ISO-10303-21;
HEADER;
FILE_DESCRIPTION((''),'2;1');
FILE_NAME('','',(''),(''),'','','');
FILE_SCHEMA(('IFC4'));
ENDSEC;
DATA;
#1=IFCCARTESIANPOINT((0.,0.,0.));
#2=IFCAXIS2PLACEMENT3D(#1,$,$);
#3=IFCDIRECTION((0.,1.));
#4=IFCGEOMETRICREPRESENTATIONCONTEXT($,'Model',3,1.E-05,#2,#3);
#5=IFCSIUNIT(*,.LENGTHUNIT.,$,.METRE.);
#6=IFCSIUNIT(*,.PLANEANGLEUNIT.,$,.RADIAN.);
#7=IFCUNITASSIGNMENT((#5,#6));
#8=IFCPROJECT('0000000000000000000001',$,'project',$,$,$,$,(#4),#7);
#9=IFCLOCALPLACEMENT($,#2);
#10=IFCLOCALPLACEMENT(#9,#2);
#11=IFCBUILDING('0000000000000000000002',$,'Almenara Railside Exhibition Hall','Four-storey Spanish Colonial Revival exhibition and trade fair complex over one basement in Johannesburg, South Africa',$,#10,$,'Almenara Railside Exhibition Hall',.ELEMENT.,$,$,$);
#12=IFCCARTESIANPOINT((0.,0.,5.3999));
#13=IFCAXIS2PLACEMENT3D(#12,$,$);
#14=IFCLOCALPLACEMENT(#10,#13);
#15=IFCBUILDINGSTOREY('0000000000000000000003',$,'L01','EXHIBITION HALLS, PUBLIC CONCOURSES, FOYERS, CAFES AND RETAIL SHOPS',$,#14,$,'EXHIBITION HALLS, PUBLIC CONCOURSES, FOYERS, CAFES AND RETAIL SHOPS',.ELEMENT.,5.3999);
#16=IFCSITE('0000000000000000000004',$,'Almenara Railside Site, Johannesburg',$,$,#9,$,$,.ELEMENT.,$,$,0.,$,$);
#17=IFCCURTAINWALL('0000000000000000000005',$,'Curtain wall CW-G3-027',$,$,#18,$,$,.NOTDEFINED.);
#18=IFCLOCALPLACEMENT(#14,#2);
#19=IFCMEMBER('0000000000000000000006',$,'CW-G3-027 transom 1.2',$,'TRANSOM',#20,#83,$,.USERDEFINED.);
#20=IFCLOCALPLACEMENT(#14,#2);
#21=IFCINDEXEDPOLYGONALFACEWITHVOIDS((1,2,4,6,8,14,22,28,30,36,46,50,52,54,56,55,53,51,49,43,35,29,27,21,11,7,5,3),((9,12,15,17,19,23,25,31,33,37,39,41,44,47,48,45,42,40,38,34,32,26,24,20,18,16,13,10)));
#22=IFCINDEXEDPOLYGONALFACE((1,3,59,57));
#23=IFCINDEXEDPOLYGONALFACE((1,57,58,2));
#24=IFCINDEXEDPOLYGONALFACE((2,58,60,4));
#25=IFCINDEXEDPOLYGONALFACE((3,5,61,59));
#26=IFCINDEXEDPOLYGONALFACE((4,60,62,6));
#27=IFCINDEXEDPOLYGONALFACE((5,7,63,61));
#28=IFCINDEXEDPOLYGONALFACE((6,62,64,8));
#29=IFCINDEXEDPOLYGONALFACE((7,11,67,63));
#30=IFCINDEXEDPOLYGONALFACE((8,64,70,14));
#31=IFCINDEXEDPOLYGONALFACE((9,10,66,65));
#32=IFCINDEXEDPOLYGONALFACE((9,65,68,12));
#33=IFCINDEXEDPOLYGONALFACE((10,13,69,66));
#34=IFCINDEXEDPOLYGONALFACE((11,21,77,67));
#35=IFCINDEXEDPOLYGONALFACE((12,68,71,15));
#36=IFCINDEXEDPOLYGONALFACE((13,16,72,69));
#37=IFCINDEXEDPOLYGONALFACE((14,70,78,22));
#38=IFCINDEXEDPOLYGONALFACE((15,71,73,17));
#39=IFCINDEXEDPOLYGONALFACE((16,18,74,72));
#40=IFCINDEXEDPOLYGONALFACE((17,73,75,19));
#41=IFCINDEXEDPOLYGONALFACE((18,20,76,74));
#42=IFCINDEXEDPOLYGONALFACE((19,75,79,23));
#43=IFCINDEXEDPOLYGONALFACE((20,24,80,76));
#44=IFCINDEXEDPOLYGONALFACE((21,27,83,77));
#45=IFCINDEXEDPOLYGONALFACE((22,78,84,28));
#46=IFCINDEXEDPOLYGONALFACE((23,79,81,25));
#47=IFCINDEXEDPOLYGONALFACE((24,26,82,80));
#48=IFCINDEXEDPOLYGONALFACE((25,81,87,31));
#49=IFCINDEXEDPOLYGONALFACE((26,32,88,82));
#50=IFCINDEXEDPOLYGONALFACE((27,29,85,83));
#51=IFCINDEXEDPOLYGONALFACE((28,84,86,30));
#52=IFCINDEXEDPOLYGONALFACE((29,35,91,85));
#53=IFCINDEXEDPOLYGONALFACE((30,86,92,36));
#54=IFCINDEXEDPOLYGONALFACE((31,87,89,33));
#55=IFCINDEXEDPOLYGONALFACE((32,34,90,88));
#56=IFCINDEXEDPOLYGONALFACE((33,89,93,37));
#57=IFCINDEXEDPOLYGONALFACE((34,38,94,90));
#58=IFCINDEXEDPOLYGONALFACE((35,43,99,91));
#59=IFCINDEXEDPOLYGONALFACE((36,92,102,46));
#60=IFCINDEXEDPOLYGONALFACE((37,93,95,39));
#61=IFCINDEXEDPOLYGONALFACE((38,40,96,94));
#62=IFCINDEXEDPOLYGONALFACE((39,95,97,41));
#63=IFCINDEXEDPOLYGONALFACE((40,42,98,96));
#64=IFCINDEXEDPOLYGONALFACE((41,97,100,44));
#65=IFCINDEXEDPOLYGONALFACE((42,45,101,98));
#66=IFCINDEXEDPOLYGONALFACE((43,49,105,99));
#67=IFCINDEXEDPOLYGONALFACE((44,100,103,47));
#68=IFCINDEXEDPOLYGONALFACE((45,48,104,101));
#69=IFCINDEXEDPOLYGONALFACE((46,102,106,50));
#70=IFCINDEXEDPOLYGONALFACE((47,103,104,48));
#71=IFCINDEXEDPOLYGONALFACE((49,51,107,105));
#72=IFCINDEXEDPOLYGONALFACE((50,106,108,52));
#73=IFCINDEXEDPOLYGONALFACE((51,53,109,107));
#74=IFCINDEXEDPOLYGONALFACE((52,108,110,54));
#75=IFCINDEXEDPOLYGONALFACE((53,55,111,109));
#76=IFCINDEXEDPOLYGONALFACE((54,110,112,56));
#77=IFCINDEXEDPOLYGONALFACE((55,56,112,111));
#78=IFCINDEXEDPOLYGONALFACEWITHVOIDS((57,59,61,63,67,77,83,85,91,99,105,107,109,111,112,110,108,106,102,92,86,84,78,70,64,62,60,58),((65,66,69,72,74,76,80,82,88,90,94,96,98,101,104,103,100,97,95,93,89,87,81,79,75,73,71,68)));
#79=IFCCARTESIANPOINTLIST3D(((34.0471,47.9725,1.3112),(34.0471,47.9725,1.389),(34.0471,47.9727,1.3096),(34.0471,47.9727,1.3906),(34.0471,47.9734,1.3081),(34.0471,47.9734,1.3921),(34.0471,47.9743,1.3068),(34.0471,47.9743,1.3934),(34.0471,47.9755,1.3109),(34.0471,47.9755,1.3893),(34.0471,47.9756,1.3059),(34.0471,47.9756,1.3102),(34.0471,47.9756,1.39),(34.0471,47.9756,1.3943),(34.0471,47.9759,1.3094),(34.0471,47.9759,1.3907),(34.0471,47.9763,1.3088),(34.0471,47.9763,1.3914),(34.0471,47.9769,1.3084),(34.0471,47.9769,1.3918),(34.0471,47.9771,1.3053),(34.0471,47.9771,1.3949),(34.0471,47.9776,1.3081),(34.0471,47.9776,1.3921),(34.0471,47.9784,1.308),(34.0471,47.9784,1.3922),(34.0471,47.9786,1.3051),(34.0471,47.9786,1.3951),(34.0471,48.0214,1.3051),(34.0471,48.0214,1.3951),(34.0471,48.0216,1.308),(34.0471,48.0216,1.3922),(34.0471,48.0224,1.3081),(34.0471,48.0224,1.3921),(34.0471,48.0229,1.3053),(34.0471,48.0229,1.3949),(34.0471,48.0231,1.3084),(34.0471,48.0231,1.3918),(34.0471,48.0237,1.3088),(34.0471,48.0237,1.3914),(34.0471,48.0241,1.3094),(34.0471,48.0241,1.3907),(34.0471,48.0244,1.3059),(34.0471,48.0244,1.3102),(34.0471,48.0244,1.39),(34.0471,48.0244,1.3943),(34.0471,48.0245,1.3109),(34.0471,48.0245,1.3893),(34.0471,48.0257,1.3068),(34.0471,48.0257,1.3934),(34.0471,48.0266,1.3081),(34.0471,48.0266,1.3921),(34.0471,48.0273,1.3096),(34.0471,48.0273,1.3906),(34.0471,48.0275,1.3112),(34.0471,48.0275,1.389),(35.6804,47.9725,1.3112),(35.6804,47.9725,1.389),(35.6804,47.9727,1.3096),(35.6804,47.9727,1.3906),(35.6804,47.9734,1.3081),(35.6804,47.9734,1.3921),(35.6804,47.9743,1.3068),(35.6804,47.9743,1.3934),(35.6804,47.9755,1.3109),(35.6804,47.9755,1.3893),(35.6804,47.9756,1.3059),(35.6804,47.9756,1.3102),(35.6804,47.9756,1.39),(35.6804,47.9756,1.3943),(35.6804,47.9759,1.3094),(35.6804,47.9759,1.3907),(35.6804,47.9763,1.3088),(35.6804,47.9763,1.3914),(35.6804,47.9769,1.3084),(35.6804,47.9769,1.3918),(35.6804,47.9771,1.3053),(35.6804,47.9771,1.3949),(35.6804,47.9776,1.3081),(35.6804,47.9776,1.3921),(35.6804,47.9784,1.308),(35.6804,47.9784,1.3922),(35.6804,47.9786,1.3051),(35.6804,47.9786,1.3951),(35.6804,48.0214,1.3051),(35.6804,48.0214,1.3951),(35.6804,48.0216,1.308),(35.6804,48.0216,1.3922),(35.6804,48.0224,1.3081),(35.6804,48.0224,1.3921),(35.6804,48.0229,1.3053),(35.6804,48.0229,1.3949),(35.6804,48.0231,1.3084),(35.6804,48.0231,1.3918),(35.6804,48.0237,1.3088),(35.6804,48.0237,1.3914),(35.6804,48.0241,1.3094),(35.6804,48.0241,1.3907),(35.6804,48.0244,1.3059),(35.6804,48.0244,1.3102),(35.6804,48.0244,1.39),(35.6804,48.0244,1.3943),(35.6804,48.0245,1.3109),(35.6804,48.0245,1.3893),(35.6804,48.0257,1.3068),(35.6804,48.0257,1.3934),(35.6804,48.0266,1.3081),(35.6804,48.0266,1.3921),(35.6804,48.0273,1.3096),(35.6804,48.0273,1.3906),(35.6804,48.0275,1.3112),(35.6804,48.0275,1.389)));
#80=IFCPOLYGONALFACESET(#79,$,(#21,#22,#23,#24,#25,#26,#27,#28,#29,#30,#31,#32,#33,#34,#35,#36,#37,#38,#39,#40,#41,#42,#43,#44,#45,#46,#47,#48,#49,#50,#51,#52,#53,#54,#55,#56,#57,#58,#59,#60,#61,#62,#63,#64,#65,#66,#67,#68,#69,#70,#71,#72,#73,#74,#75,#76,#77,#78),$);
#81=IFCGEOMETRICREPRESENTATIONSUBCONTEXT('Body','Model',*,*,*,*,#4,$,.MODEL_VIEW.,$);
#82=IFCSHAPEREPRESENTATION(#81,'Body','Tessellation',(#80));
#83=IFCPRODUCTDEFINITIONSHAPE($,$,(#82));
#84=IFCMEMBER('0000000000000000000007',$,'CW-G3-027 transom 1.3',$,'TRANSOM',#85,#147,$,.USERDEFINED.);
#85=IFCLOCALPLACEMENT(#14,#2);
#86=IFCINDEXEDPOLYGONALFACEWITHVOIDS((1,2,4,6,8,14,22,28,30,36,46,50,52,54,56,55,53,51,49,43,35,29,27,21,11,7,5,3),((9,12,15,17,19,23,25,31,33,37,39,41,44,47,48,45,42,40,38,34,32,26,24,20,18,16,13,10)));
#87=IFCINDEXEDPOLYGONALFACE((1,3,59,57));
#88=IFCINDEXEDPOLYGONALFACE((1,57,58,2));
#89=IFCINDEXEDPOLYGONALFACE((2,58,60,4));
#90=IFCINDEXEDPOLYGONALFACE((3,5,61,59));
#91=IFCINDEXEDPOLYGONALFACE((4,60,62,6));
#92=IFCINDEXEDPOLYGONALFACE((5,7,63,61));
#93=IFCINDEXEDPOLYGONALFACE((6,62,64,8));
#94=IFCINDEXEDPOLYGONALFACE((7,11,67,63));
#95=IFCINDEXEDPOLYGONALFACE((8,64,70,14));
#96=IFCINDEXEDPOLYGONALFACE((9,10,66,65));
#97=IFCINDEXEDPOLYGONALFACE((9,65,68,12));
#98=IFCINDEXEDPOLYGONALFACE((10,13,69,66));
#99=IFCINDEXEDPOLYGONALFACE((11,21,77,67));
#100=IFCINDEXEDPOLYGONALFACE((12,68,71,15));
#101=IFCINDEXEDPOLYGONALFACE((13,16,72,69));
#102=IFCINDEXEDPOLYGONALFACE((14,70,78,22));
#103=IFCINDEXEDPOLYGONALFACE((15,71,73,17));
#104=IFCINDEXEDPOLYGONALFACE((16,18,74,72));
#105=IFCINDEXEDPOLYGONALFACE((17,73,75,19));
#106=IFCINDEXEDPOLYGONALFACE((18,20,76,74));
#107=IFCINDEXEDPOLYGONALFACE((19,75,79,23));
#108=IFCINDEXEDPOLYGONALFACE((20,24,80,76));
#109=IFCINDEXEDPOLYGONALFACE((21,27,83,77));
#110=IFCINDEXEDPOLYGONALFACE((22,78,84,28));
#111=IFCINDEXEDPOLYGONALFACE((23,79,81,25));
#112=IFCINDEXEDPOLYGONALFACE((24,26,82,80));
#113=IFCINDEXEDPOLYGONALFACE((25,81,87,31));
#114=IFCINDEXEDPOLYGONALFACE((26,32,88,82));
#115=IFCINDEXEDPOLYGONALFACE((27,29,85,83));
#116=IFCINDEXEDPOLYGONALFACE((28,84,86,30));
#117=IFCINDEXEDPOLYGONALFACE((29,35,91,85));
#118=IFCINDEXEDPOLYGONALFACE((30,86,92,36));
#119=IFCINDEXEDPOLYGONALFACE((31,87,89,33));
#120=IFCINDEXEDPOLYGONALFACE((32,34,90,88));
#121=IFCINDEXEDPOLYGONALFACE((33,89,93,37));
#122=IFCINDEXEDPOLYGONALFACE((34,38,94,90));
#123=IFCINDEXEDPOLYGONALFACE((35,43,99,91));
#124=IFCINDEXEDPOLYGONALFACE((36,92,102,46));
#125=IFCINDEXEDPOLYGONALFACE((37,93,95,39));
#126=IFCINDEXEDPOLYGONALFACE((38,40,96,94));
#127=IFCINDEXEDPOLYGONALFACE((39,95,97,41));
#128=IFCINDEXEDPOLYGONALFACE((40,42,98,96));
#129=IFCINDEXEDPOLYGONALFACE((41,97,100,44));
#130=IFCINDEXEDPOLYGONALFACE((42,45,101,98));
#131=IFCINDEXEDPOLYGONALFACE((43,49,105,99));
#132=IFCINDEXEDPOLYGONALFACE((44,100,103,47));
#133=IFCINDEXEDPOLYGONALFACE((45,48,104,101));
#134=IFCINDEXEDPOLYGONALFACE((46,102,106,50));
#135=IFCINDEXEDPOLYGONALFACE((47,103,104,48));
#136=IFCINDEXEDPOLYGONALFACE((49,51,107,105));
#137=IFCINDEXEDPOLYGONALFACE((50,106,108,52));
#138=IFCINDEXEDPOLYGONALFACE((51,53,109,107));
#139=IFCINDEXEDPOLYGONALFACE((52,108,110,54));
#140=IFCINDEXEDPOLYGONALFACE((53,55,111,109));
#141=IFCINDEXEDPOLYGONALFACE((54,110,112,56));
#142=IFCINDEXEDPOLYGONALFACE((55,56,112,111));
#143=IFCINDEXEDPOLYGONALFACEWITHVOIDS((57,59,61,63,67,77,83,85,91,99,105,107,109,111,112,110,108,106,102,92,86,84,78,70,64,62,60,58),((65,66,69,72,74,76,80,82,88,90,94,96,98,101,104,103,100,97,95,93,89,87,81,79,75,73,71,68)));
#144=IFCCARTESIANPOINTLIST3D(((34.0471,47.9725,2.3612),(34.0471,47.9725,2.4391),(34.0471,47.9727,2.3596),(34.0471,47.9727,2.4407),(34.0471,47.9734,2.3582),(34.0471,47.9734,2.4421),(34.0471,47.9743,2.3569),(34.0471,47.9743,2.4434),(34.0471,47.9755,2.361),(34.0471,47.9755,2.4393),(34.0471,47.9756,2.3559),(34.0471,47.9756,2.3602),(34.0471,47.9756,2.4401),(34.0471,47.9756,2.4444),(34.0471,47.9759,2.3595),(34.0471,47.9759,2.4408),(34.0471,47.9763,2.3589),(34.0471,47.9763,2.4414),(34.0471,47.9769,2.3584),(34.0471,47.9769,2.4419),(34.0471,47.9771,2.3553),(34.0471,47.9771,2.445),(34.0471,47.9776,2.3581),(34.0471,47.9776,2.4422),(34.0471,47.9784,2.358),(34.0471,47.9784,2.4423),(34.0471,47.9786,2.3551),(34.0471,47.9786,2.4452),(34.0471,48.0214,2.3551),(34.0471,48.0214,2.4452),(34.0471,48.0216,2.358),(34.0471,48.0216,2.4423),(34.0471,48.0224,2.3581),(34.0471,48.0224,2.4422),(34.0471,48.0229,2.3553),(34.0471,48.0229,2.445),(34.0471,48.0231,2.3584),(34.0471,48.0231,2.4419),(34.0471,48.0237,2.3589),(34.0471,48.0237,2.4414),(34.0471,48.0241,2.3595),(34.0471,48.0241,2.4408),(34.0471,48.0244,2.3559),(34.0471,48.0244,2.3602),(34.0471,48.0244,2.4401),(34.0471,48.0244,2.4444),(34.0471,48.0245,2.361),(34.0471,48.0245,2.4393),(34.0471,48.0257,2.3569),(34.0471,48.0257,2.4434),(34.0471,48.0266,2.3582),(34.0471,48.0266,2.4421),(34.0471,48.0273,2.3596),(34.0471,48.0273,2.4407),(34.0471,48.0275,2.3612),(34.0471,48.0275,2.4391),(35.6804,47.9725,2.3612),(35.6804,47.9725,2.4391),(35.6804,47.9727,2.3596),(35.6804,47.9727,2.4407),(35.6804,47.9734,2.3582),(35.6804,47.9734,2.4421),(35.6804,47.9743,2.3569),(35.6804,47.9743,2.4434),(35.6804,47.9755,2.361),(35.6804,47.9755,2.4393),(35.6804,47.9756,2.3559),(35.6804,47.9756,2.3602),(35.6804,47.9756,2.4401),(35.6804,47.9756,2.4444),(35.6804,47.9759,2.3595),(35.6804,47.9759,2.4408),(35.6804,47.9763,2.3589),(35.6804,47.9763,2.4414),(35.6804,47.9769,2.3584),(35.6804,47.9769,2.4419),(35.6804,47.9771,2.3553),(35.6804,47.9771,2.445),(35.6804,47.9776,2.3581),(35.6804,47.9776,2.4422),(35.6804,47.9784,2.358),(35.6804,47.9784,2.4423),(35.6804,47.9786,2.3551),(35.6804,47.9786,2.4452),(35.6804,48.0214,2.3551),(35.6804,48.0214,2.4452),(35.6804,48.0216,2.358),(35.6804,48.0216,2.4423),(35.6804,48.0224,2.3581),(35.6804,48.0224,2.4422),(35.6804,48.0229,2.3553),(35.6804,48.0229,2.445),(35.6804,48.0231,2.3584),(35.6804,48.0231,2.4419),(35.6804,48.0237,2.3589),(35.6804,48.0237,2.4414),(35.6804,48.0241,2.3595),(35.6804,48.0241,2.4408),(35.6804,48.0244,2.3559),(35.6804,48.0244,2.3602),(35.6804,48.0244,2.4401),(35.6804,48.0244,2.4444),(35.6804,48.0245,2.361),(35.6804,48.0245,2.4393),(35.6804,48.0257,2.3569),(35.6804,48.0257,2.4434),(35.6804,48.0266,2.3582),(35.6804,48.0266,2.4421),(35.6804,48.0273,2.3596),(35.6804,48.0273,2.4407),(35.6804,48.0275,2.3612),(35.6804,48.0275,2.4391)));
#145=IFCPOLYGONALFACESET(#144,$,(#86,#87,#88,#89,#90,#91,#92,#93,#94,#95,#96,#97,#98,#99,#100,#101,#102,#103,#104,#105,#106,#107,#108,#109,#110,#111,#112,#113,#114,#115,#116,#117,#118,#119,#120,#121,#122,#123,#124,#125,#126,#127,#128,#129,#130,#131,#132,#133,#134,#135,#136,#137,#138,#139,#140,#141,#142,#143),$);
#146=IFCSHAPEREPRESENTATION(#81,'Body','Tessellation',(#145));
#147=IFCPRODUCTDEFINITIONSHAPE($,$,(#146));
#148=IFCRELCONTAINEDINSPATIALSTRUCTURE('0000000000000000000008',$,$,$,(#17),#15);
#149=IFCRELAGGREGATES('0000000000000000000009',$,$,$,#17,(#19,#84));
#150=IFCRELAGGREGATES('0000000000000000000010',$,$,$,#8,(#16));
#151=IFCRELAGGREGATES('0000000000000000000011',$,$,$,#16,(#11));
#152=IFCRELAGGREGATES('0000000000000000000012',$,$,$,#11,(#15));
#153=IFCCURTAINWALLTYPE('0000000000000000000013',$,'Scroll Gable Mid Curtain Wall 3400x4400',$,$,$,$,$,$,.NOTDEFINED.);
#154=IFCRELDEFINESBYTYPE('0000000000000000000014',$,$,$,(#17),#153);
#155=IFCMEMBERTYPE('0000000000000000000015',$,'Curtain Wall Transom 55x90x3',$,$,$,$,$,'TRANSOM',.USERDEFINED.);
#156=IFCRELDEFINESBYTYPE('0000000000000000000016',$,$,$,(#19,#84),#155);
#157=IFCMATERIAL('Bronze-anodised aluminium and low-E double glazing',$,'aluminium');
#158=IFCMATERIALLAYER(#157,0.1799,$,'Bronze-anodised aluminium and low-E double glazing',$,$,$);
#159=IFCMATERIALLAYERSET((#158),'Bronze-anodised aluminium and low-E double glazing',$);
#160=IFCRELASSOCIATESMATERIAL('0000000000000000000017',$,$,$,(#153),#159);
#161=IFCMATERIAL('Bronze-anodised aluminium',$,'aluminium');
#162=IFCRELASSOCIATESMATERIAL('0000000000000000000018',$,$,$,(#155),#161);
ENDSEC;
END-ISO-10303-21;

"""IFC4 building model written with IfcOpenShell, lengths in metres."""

from ifc_helpers import new_model, si_unit, direction, frame, origin, origin_2d, place, context, subcontext, project, spatial, hollow_rectangle, extrude, material, layer, layer_set, material_profile, profile_set, type_object, element, aggregate, save


model = new_model("IFC4")

# Units and contexts
model_context = context("Model", 3, precision=1e-05, world=origin(), true_north=direction((0.0, 1.0)))
body_context = subcontext(model_context, "Body", "Model", "MODEL_VIEW")
ifc_project = project(units=[si_unit("LENGTHUNIT", "METRE"), si_unit("PLANEANGLEUNIT", "RADIAN")], contexts=[model_context])

# Site, building, storey
site_placement = place(None, origin())
site = spatial("IfcSite", under=ifc_project, at=site_placement, Name="Almenara Railside Site, Johannesburg", CompositionType="ELEMENT", RefElevation=0.0)
building_placement = place(site_placement, origin())
building = spatial("IfcBuilding", under=site, at=building_placement, Name="Almenara Railside Exhibition Hall", Description="Four-storey Spanish Colonial Revival exhibition and trade fair complex over one basement in Johannesburg, South Africa", LongName="Almenara Railside Exhibition Hall", CompositionType="ELEMENT")
storey_placement = place(building_placement, frame((0.0, 0.0, 5.3999)))
storey = spatial("IfcBuildingStorey", under=building, at=storey_placement, Name="L01", Description="EXHIBITION HALLS, PUBLIC CONCOURSES, FOYERS, CAFES AND RETAIL SHOPS", LongName="EXHIBITION HALLS, PUBLIC CONCOURSES, FOYERS, CAFES AND RETAIL SHOPS", CompositionType="ELEMENT", Elevation=5.3999)

# Curtain wall
ifc_material_1 = material(Name="Bronze-anodised aluminium and low-E double glazing", Category="aluminium")
ifc_layer_1 = layer(ifc_material_1, 0.1799, Name="Bronze-anodised aluminium and low-E double glazing")
ifc_layer_set_1 = layer_set([ifc_layer_1], Name="Bronze-anodised aluminium and low-E double glazing")
curtain_wall_type_1 = type_object("IfcCurtainWallType", Name="Scroll Gable Mid Curtain Wall 3400x4400", PredefinedType="NOTDEFINED", material=ifc_layer_set_1)
curtain_wall_1_placement = place(storey_placement, origin())
curtain_wall_1 = element("IfcCurtainWall", 1, at=curtain_wall_1_placement, inside=storey, type_object=curtain_wall_type_1, Name="Curtain wall CW-G3-027", PredefinedType="NOTDEFINED")
ifc_material_2 = material(Name="Bronze-anodised aluminium", Category="aluminium")

# Members
ifc_material_profile_1 = material_profile(ifc_material_2, hollow_rectangle(XDim=0.0549, YDim=0.0901, WallThickness=0.0029, InnerFilletRadius=0.0029, OuterFilletRadius=0.0061, at=origin_2d()), Name="ALU-TRN 55x90x3")
ifc_profile_set_1 = profile_set([ifc_material_profile_1], Name="Bronze-anodised aluminium")
member_type_1 = type_object("IfcMemberType", Name="Curtain Wall Transom 55x90x3", ElementType="TRANSOM", PredefinedType="USERDEFINED", material=ifc_profile_set_1)
member_1_placement = place(storey_placement, frame((34.0471, 48.0, 1.3501), z_axis=(1.0, 0.0, 0.0), x_axis=(0.0, 1.0, 0.0)))
member_1 = element("IfcMember", 2, at=member_1_placement, type_object=member_type_1, Name="CW-G3-027 transom 1.2", ObjectType="TRANSOM", PredefinedType="USERDEFINED", context=body_context, shape_type="SweptSolid", body=[
    extrude(hollow_rectangle(XDim=0.0549, YDim=0.0901, WallThickness=0.0029, InnerFilletRadius=0.0029, OuterFilletRadius=0.0061, at=origin_2d()), origin(), (0.0, 0.0, 1.0), 1.6333),
])
member_2_placement = place(storey_placement, frame((34.0471, 48.0, 2.4001), z_axis=(1.0, 0.0, 0.0), x_axis=(0.0, 1.0, 0.0)))
member_2 = element("IfcMember", 3, at=member_2_placement, type_object=member_type_1, Name="CW-G3-027 transom 1.3", ObjectType="TRANSOM", PredefinedType="USERDEFINED", context=body_context, shape_type="SweptSolid", body=[
    extrude(hollow_rectangle(XDim=0.0549, YDim=0.0901, WallThickness=0.0029, InnerFilletRadius=0.0029, OuterFilletRadius=0.0061, at=origin_2d()), origin(), (0.0, 0.0, 1.0), 1.6333),
])
aggregate(curtain_wall_1, [member_1, member_2])

save(model, "model.ifc")
